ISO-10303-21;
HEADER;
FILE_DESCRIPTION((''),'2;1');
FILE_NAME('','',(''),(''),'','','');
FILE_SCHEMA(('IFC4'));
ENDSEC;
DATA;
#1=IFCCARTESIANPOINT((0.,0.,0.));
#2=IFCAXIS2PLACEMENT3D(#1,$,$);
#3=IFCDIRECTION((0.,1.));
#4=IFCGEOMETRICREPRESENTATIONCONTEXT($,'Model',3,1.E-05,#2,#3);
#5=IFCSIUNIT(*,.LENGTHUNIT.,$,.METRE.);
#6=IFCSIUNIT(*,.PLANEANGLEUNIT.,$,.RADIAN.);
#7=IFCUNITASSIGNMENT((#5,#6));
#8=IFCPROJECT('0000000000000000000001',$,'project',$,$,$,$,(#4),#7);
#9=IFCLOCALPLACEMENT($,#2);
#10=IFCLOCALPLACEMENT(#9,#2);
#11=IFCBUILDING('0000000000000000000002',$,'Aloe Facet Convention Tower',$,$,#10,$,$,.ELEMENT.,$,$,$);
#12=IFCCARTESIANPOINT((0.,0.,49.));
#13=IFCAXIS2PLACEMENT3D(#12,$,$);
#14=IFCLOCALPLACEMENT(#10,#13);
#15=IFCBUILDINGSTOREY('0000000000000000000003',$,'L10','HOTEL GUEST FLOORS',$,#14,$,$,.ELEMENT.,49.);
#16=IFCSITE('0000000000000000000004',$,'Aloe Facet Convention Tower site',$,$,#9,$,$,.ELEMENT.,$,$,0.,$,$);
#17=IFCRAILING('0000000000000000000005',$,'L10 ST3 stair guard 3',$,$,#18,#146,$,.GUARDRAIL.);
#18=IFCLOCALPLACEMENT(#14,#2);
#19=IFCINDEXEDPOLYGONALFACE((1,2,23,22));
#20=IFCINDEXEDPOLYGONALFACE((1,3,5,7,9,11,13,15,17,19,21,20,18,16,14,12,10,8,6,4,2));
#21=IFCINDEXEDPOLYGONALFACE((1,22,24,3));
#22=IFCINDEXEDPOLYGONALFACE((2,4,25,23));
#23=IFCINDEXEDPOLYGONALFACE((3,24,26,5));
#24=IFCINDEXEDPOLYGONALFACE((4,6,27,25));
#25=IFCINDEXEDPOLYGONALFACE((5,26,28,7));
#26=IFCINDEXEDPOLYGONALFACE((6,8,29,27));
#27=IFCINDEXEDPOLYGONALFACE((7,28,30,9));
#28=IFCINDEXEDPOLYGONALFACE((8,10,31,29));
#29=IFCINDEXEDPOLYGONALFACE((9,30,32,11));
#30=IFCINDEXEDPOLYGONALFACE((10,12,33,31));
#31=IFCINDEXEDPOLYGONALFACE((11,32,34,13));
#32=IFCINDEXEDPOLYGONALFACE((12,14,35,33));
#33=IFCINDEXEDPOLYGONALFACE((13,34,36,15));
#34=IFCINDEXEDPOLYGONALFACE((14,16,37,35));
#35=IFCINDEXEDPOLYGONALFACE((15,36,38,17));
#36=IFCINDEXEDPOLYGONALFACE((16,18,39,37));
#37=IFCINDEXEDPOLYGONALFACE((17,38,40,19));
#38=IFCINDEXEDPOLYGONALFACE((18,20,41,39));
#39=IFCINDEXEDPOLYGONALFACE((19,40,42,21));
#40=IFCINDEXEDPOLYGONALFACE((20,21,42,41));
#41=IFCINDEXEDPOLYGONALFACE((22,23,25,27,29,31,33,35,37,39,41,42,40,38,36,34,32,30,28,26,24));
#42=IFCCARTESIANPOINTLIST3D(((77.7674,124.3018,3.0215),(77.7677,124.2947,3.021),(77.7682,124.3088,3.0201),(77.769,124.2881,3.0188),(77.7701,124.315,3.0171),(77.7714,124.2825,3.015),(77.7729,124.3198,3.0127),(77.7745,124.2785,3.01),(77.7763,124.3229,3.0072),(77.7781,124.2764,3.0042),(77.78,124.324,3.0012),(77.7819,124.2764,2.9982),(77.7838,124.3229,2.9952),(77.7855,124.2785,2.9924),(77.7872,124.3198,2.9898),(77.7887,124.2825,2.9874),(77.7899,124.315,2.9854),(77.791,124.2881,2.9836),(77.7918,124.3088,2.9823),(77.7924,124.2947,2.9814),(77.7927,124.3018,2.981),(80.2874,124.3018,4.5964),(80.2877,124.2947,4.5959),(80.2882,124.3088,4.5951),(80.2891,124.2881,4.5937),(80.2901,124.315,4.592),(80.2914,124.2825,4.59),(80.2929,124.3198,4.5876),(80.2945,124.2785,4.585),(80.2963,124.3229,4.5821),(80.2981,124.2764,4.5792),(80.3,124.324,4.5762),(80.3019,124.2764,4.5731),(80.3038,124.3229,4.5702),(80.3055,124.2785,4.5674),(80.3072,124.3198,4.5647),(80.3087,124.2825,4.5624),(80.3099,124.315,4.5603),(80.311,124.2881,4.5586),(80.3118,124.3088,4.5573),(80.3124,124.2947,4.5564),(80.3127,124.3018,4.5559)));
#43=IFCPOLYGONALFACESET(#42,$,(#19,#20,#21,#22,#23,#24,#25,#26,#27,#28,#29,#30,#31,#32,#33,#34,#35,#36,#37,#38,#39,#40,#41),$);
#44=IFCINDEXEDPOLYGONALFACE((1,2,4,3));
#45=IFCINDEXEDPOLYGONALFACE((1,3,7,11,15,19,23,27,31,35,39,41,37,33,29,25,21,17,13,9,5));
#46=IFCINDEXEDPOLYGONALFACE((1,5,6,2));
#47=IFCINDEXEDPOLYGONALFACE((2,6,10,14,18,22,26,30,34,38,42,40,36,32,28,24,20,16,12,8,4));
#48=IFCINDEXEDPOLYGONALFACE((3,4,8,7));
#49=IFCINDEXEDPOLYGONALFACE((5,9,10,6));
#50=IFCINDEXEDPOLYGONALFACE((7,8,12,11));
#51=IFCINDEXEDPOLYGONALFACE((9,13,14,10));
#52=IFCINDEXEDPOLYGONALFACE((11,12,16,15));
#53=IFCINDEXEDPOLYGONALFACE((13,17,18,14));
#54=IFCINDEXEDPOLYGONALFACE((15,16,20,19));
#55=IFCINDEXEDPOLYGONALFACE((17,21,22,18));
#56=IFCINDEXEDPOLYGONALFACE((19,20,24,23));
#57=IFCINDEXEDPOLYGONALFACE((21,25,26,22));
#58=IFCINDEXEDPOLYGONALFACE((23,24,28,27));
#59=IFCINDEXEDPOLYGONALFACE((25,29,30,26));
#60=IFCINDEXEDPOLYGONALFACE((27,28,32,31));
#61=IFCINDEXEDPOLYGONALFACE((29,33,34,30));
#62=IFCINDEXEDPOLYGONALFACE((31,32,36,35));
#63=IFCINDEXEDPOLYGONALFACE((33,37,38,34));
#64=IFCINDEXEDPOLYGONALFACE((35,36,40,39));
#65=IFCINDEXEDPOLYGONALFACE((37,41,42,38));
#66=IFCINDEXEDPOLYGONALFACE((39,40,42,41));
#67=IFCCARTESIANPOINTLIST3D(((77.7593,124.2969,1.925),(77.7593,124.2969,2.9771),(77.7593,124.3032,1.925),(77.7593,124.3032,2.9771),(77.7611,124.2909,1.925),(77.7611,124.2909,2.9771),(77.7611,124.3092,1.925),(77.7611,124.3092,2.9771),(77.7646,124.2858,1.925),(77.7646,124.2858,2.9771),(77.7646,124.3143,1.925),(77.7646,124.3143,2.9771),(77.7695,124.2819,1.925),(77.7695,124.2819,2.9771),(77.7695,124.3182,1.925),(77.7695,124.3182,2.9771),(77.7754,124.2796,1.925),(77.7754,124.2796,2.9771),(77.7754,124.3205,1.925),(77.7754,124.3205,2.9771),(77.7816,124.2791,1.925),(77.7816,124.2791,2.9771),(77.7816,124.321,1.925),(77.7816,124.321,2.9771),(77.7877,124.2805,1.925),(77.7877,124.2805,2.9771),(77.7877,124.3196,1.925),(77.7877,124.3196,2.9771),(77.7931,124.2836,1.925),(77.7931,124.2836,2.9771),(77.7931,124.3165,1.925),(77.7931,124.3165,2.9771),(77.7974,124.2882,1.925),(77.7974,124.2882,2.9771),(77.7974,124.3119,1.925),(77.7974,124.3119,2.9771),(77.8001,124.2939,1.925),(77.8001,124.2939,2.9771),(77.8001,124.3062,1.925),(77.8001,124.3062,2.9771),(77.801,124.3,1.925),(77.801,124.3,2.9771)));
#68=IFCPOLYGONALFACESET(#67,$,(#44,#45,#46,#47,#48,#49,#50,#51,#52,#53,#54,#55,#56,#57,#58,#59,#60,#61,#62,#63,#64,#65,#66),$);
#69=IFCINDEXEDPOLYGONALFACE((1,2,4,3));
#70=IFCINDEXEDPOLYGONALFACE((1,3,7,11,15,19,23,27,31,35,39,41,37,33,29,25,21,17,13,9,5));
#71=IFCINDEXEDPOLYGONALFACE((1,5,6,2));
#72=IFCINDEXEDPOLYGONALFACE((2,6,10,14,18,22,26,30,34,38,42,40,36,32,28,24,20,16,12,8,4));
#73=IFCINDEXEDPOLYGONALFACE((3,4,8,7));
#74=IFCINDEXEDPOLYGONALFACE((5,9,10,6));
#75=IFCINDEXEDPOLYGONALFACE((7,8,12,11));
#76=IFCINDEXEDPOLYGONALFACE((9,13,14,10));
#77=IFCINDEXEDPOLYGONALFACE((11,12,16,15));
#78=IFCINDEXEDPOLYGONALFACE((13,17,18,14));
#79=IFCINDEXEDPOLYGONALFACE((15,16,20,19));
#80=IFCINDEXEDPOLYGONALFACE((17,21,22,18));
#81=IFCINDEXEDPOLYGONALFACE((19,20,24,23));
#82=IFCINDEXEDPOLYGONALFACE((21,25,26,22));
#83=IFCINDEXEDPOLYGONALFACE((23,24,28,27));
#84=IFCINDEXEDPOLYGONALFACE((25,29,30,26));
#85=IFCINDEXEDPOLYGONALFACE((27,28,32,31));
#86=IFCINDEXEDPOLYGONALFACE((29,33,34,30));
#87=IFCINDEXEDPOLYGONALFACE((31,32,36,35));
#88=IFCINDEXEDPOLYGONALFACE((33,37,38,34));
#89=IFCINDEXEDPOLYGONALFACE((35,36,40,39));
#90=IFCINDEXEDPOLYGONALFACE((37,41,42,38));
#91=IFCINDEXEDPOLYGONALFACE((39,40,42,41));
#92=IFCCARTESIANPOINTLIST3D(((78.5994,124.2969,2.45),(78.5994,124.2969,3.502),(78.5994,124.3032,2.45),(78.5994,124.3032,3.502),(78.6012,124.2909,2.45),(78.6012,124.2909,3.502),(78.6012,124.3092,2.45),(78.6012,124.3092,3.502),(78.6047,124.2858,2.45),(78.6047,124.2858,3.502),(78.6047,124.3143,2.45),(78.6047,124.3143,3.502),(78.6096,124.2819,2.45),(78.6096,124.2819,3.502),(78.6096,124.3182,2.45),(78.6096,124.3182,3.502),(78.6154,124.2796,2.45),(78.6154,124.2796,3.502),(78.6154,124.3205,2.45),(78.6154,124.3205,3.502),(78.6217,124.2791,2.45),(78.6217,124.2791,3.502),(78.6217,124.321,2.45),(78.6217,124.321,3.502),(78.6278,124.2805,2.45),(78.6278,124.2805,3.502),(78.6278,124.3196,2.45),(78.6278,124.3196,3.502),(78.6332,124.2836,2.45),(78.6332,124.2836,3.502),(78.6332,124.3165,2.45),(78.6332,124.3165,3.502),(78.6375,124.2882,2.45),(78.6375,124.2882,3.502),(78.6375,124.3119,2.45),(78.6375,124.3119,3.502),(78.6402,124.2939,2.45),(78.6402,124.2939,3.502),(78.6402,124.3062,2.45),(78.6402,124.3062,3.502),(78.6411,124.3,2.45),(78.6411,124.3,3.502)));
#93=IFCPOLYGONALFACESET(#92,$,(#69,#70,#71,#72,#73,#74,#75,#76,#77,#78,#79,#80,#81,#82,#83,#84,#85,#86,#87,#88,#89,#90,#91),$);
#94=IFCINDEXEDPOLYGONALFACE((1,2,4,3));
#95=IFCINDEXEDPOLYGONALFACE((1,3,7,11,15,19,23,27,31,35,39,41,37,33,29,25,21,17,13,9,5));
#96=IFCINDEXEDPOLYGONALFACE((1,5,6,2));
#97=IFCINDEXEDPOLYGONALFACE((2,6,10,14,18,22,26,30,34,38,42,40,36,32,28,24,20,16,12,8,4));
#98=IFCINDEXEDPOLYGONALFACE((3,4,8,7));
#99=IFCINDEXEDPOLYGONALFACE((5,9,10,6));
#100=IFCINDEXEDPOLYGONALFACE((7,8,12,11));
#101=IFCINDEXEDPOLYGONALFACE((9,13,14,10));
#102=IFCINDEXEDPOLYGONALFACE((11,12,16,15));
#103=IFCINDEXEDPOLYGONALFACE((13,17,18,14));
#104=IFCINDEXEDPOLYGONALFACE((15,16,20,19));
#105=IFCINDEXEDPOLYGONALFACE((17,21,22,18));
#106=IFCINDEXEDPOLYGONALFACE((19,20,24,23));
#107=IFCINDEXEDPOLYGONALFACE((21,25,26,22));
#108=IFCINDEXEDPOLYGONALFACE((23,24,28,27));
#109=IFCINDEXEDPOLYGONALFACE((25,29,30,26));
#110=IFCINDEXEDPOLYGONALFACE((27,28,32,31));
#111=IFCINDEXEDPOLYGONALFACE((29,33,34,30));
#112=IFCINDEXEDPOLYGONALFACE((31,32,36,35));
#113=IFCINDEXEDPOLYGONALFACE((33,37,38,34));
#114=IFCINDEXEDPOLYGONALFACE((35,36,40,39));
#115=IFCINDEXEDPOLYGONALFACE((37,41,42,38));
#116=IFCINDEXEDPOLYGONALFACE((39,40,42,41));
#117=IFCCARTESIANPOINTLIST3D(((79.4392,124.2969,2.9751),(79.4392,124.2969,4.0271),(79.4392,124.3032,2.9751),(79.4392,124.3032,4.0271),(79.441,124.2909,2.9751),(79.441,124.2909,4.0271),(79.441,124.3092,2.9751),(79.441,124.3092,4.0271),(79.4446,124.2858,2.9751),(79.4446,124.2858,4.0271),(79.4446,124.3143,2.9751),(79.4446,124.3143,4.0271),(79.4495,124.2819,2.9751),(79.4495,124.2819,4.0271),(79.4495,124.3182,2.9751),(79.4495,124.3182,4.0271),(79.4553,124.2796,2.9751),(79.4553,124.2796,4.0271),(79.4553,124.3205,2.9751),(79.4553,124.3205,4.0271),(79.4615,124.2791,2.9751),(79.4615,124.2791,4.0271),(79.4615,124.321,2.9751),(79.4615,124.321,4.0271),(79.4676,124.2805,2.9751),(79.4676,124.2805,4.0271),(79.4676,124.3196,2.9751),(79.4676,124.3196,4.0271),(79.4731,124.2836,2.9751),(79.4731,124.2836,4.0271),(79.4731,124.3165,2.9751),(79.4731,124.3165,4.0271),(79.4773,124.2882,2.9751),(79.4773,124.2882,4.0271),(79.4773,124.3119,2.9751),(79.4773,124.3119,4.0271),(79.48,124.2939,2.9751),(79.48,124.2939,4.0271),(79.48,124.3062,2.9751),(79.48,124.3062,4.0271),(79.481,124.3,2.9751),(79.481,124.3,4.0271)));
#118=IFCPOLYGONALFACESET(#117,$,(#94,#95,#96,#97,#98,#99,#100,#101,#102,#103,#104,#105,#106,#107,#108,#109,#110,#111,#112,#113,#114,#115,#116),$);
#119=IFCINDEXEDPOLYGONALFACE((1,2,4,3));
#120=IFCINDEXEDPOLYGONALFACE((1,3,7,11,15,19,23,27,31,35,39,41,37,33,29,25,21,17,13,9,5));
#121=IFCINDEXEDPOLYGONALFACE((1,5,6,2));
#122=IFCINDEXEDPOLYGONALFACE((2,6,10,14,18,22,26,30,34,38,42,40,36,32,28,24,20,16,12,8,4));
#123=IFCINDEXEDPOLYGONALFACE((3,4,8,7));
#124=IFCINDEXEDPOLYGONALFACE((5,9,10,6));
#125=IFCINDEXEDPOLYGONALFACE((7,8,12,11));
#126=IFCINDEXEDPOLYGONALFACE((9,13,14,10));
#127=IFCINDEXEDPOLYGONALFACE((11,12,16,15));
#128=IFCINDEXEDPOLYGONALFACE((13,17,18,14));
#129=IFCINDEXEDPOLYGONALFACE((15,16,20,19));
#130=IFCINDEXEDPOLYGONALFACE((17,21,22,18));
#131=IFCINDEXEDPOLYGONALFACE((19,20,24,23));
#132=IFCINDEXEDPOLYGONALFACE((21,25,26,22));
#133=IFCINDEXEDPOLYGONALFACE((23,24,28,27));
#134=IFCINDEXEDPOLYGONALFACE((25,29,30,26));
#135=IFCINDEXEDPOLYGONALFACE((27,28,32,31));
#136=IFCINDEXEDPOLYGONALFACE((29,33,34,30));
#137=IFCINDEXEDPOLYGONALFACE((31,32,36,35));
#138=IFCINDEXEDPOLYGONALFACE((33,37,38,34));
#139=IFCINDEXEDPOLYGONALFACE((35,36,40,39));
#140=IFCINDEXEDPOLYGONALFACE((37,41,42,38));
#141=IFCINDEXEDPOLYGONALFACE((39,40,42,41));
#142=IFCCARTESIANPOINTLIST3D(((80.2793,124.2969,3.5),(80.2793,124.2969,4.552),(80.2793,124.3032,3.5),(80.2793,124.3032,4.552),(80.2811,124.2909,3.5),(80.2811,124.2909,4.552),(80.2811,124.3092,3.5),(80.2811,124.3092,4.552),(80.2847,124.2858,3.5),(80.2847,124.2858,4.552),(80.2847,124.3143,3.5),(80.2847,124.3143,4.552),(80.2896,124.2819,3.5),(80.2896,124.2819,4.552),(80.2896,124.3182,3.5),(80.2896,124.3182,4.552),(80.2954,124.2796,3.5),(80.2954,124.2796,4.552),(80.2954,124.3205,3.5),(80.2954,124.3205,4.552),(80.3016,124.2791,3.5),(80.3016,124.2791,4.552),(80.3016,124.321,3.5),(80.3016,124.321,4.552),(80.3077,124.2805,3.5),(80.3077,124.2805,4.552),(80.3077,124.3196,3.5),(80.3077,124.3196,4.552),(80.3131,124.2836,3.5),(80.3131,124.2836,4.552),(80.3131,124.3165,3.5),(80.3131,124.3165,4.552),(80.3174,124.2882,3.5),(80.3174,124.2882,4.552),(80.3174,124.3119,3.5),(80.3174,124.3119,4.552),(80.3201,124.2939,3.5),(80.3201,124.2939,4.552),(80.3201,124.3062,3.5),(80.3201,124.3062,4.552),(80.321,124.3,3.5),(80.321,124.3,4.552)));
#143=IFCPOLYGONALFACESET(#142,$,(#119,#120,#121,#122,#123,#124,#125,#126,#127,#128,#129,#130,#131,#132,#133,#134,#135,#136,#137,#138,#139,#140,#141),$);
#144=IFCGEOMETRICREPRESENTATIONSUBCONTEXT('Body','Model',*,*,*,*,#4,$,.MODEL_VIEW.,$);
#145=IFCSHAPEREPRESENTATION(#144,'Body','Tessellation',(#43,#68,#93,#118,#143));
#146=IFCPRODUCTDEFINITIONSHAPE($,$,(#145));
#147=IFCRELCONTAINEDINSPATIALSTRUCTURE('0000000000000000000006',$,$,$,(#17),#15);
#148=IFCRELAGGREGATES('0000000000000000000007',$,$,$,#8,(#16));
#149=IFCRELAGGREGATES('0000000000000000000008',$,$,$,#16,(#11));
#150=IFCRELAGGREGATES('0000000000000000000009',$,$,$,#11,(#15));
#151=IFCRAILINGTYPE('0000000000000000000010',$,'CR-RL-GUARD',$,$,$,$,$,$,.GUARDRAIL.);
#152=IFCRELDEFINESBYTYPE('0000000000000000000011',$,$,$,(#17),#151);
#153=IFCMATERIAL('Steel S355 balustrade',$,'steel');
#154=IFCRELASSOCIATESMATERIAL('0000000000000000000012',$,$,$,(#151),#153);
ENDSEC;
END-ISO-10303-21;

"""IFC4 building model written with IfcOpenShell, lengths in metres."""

from ifc_helpers import new_model, si_unit, direction, frame, origin, origin_2d, place, context, subcontext, project, spatial, circle, extrude, material, type_object, element, save


model = new_model("IFC4")

# Units and contexts
model_context = context("Model", 3, precision=1e-05, world=origin(), true_north=direction((0.0, 1.0)))
body_context = subcontext(model_context, "Body", "Model", "MODEL_VIEW")
ifc_project = project(units=[si_unit("LENGTHUNIT", "METRE"), si_unit("PLANEANGLEUNIT", "RADIAN")], contexts=[model_context])

# Site, building, storey
site_placement = place(None, origin())
site = spatial("IfcSite", under=ifc_project, at=site_placement, Name="Aloe Facet Convention Tower site", CompositionType="ELEMENT", RefElevation=0.0)
building_placement = place(site_placement, origin())
building = spatial("IfcBuilding", under=site, at=building_placement, Name="Aloe Facet Convention Tower", CompositionType="ELEMENT")
storey_placement = place(building_placement, frame((0.0, 0.0, 49.0)))
storey = spatial("IfcBuildingStorey", under=building, at=storey_placement, Name="L10", Description="HOTEL GUEST FLOORS", CompositionType="ELEMENT", Elevation=49.0)

# Railing
ifc_material_1 = material(Name="Steel S355 balustrade", Category="steel")
railing_type_1 = type_object("IfcRailingType", Name="CR-RL-GUARD", PredefinedType="GUARDRAIL", material=ifc_material_1)
railing_1_placement = place(storey_placement, frame((77.78, 124.3, 1.925)))
element("IfcRailing", 1, at=railing_1_placement, inside=storey, type_object=railing_type_1, Name="L10 ST3 stair guard 3", PredefinedType="GUARDRAIL", context=body_context, shape_type="SweptSolid", body=[
    extrude(circle(Radius=0.0239, at=origin_2d()), frame((0.0, 0.0, 1.0762), z_axis=(0.848008, 0.0, 0.529984), x_axis=(0.0, 1.0, 0.0)), (0.0, 0.0, 1.0), 2.9717),
    extrude(circle(Radius=0.021, at=origin_2d()), origin(), (0.0, 0.0, 1.0), 1.052),
    extrude(circle(Radius=0.021, at=origin_2d()), frame((0.8401, 0.0, 0.5249)), (0.0, 0.0, 1.0), 1.052),
    extrude(circle(Radius=0.021, at=origin_2d()), frame((1.6799, 0.0, 1.05)), (0.0, 0.0, 1.0), 1.052),
    extrude(circle(Radius=0.021, at=origin_2d()), frame((2.52, 0.0, 1.575)), (0.0, 0.0, 1.0), 1.052),
])

save(model, "model.ifc")
